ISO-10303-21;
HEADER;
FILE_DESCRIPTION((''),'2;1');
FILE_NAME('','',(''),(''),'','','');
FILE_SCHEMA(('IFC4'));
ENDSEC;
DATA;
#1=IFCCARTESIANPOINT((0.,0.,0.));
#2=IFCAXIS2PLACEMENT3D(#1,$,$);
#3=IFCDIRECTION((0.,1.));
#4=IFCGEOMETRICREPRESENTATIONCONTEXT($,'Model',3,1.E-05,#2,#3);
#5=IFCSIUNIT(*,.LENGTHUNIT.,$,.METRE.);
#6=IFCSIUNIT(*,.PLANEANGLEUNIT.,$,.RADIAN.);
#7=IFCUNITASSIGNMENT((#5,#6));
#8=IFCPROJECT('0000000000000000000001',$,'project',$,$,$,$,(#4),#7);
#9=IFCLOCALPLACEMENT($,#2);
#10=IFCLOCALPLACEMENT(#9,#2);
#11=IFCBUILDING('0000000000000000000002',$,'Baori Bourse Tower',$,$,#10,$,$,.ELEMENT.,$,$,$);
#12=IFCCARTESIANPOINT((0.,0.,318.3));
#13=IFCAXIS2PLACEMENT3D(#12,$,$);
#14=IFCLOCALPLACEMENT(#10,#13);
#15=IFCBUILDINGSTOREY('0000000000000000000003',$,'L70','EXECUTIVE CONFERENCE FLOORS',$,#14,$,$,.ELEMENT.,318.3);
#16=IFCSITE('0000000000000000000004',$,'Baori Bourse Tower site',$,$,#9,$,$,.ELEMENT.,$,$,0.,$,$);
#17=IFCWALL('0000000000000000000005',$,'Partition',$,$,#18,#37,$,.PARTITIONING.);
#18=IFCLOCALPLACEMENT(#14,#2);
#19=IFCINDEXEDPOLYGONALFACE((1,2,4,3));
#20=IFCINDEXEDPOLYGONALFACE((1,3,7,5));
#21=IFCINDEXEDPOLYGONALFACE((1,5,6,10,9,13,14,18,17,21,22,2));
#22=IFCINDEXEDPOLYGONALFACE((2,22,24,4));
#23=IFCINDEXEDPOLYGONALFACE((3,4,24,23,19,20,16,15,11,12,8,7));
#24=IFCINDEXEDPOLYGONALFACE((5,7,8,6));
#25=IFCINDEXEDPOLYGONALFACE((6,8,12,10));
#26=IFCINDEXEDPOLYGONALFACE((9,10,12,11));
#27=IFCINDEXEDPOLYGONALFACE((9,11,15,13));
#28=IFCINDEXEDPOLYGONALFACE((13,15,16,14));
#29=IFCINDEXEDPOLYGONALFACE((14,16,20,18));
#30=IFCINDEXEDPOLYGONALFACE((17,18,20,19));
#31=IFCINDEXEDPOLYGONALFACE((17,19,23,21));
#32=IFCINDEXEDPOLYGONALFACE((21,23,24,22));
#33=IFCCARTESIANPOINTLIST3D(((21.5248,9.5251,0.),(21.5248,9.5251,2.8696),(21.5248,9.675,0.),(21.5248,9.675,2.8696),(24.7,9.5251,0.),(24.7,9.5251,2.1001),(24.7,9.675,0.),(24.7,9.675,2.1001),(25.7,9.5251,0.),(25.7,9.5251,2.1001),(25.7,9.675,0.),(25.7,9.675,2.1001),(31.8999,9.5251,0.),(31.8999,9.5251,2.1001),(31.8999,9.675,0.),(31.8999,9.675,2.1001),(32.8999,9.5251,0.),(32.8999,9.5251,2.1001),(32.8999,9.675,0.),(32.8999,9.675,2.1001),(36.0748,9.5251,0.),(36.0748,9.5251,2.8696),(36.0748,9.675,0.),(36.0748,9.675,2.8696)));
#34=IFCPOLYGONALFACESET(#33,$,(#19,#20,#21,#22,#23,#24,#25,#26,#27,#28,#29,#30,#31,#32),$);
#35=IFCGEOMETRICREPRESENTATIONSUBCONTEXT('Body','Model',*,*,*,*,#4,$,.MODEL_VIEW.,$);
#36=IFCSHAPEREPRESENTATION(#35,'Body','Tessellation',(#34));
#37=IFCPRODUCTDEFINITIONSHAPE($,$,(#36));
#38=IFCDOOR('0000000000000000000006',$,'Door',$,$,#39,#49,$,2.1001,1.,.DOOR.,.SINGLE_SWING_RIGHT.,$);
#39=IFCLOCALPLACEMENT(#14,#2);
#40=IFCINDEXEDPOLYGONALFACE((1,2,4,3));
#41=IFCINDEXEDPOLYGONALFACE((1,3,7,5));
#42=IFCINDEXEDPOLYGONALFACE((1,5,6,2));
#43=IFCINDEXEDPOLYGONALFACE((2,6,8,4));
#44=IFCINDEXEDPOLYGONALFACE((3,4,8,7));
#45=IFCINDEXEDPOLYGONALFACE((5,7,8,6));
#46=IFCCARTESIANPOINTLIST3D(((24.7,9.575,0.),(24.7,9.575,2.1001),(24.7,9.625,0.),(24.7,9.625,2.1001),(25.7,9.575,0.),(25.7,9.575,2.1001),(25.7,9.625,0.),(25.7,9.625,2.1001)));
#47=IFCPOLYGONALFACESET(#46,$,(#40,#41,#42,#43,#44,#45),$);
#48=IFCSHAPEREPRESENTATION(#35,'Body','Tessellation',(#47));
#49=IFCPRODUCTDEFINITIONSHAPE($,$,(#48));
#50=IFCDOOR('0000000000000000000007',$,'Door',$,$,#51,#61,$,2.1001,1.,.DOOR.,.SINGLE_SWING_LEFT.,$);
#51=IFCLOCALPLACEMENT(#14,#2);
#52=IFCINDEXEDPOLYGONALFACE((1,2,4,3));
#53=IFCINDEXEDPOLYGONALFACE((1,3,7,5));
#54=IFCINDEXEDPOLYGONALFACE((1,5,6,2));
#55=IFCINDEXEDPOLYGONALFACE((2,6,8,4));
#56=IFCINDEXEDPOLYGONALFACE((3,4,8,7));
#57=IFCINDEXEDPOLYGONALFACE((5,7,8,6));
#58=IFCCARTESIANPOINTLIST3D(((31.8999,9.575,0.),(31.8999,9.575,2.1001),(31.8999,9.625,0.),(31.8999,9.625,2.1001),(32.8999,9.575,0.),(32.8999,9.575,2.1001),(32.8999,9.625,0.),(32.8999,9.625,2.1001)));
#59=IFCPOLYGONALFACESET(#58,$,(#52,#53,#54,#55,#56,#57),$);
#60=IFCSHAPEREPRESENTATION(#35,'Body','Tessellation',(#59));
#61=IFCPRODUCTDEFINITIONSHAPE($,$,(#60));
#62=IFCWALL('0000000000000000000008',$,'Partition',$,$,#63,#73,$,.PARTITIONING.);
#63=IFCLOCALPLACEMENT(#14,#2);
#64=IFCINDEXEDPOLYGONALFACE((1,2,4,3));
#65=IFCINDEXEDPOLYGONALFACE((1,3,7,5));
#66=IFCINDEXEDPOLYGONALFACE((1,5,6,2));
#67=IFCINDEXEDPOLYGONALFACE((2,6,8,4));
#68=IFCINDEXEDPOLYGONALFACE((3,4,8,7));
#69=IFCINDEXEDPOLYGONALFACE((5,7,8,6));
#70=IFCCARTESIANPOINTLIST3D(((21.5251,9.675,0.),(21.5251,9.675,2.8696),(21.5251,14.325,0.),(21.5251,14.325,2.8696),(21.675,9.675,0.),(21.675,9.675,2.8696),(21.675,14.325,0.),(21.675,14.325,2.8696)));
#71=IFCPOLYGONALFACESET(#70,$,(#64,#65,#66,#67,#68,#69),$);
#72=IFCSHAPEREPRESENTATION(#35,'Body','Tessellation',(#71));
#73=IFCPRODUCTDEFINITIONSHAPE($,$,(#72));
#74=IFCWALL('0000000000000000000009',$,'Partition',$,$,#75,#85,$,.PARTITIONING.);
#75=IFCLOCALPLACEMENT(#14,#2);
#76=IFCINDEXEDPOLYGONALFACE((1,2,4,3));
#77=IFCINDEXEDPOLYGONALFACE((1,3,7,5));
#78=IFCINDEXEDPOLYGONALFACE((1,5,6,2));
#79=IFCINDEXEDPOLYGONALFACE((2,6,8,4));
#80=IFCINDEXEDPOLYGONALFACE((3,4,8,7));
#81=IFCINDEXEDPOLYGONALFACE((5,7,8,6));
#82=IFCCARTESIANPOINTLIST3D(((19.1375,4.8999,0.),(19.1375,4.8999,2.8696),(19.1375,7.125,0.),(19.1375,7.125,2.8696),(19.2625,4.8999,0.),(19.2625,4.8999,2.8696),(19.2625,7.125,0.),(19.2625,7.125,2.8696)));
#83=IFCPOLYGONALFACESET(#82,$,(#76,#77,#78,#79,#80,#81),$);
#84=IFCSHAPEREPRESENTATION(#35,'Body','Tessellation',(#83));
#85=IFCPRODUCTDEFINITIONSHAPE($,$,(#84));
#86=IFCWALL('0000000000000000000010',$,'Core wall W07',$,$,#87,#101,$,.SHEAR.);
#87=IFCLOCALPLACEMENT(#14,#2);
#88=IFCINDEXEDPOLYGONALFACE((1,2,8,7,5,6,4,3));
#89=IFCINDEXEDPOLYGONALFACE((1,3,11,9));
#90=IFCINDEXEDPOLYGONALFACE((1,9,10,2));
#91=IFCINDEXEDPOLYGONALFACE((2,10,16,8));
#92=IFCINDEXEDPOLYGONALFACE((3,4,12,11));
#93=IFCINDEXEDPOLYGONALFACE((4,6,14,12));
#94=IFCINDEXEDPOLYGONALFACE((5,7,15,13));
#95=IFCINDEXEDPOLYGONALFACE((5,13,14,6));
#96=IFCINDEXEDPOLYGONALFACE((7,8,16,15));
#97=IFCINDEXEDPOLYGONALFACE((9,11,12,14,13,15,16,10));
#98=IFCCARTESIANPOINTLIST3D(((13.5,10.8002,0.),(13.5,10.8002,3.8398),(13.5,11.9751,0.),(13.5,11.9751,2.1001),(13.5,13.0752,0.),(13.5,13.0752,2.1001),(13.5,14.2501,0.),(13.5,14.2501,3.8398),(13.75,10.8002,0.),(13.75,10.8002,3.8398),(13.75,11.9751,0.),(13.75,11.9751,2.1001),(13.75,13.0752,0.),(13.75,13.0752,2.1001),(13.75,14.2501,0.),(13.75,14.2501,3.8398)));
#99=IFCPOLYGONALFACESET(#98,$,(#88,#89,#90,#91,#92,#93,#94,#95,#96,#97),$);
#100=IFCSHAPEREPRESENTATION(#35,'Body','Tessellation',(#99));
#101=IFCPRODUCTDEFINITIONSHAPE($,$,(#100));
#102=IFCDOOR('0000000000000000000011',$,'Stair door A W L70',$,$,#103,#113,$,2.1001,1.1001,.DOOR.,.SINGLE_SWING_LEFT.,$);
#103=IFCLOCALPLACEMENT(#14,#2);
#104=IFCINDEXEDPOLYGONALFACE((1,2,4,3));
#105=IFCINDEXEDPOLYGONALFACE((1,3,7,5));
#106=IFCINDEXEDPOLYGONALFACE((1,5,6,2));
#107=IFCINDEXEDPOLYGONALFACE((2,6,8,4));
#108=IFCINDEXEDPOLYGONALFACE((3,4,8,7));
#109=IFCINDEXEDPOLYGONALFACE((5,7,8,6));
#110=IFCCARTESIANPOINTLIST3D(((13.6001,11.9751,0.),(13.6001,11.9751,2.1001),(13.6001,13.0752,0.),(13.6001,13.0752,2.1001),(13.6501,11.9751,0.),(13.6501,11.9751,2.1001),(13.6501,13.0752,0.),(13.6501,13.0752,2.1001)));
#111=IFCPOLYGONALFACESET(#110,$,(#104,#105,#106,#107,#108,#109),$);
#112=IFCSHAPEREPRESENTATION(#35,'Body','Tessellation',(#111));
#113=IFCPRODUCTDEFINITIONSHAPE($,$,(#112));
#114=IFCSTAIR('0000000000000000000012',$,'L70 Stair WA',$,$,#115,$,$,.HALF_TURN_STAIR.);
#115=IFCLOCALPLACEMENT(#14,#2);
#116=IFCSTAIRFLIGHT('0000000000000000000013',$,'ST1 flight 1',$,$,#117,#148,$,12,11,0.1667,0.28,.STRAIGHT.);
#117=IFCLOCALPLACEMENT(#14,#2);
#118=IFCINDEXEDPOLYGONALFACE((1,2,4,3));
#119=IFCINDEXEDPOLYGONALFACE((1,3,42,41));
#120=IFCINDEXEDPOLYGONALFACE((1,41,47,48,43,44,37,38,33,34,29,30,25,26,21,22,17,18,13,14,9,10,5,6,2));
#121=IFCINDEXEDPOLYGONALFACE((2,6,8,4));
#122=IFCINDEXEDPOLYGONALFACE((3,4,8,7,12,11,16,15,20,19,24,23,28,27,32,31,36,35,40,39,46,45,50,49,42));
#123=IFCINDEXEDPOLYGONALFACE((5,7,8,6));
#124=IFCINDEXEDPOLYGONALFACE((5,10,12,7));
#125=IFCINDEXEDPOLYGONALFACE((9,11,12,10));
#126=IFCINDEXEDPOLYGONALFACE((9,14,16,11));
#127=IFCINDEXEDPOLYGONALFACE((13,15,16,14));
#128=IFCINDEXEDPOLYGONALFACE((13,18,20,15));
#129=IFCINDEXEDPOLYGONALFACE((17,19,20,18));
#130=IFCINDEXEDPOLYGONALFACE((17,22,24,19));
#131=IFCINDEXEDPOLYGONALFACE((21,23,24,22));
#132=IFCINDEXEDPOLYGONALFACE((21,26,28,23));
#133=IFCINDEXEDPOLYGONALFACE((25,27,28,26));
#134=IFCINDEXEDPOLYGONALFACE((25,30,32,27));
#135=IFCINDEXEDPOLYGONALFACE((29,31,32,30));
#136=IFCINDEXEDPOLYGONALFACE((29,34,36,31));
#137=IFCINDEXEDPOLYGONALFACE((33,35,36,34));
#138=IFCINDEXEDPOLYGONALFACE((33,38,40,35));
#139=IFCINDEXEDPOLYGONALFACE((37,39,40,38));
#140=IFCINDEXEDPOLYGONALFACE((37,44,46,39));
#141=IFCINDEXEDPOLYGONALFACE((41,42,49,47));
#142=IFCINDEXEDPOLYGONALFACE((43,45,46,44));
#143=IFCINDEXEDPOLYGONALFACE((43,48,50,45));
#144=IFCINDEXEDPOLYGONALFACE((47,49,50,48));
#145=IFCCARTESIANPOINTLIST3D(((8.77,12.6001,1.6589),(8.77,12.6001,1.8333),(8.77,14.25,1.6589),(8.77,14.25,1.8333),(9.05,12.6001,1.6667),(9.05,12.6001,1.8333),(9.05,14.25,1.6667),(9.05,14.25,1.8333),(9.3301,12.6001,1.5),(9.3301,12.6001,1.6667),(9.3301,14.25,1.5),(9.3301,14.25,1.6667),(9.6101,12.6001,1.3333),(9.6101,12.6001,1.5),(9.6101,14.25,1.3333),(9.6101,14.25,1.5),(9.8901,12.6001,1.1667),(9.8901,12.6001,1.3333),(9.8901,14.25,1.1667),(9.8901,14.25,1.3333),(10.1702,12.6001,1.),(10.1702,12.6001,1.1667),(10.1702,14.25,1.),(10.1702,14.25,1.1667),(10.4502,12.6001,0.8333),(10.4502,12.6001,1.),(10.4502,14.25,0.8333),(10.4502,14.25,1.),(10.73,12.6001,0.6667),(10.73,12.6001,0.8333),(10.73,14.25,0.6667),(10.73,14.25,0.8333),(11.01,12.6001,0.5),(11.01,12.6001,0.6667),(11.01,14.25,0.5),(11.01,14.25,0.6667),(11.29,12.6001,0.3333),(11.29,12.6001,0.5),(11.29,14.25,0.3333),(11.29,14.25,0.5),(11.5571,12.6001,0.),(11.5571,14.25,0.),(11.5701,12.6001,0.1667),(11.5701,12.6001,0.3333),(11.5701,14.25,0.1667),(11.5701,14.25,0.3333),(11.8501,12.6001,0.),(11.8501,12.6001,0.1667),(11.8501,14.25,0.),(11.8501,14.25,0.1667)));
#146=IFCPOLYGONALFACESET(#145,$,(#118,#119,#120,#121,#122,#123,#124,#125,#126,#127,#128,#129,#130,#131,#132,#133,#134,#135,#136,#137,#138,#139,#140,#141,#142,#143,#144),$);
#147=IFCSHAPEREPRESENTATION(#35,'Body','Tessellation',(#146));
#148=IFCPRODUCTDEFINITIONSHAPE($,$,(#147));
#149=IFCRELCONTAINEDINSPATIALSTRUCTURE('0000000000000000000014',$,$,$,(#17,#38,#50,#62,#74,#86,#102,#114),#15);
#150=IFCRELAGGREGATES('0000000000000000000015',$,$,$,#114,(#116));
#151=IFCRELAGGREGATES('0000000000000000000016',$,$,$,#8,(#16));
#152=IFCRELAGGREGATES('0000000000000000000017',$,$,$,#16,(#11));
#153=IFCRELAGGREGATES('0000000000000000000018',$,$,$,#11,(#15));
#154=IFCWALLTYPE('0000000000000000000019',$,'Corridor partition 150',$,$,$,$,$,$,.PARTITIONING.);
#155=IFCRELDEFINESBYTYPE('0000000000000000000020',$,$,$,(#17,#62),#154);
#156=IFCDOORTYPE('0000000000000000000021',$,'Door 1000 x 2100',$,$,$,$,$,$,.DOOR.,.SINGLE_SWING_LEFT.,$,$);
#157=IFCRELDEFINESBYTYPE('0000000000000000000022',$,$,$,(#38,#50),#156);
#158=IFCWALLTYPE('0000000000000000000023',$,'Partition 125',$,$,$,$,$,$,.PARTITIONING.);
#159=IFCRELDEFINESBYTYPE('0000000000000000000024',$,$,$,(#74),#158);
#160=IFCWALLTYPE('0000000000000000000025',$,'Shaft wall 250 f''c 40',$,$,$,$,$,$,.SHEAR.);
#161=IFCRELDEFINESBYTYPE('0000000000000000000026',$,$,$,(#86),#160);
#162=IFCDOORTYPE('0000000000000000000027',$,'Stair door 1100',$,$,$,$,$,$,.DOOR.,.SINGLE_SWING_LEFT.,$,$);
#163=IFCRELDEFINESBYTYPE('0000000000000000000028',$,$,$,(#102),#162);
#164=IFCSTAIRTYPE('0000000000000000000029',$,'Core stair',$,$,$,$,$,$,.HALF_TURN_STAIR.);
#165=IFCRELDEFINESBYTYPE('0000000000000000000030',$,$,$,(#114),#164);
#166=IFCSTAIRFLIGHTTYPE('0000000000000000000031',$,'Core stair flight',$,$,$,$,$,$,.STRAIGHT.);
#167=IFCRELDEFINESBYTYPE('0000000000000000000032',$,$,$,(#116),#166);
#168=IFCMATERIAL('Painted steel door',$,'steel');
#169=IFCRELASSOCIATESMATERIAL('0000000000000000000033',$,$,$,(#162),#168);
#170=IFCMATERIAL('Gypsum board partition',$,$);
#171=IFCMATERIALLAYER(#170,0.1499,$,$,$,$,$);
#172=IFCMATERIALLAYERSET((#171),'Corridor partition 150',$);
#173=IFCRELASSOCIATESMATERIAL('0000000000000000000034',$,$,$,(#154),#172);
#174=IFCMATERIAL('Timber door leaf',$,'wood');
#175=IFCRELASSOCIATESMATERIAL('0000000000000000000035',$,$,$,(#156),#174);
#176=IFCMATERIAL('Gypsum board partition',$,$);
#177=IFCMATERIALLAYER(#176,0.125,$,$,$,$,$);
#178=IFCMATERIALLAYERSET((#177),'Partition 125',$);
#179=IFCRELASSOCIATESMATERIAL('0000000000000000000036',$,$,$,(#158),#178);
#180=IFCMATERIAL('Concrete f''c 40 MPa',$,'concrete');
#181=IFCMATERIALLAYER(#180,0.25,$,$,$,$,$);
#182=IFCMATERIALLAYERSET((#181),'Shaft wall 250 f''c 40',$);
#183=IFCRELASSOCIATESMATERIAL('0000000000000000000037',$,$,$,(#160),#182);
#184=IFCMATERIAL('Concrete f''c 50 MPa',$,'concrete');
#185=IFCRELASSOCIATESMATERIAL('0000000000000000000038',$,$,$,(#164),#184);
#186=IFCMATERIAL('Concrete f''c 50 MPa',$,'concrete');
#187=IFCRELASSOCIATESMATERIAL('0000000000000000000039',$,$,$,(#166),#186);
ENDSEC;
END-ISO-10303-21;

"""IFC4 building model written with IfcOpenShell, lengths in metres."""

from ifc_helpers import new_model, si_unit, direction, frame, frame_2d, origin, place, context, subcontext, project, spatial, polyline, rectangle, outline, extrude, material, layer, layer_set, type_object, element, fill, aggregate, save


model = new_model("IFC4")

# Units and contexts
model_context = context("Model", 3, precision=1e-05, world=origin(), true_north=direction((0.0, 1.0)))
body_context = subcontext(model_context, "Body", "Model", "MODEL_VIEW")
ifc_project = project(units=[si_unit("LENGTHUNIT", "METRE"), si_unit("PLANEANGLEUNIT", "RADIAN")], contexts=[model_context])

# Site, building, storey
site_placement = place(None, origin())
site = spatial("IfcSite", under=ifc_project, at=site_placement, Name="Baori Bourse Tower site", CompositionType="ELEMENT", RefElevation=0.0)
building_placement = place(site_placement, origin())
building = spatial("IfcBuilding", under=site, at=building_placement, Name="Baori Bourse Tower", CompositionType="ELEMENT")
storey_placement = place(building_placement, frame((0.0, 0.0, 318.3)))
storey = spatial("IfcBuildingStorey", under=building, at=storey_placement, Name="L70", Description="EXECUTIVE CONFERENCE FLOORS", CompositionType="ELEMENT", Elevation=318.3)

# Shared definitions
ifc_material_1 = material(Name="Painted steel door", Category="steel")
door_type_1 = type_object("IfcDoorType", Name="Stair door 1100", OperationType="SINGLE_SWING_LEFT", PredefinedType="DOOR", material=ifc_material_1)

# Wall, openings, doors
ifc_material_2 = material(Name="Gypsum board partition")
ifc_layer_1 = layer(ifc_material_2, 0.1499)
ifc_layer_set_1 = layer_set([ifc_layer_1], Name="Corridor partition 150")
wall_type_1 = type_object("IfcWallType", Name="Corridor partition 150", PredefinedType="PARTITIONING", material=ifc_layer_set_1)
ifc_material_3 = material(Name="Timber door leaf", Category="wood")
door_type_2 = type_object("IfcDoorType", Name="Door 1000 x 2100", OperationType="SINGLE_SWING_LEFT", PredefinedType="DOOR", material=ifc_material_3)
wall_1_placement = place(storey_placement, frame((21.5249, 9.6001, 0.0), z_axis=(0.0, 0.0, 1.0), x_axis=(1.0, 0.0, 0.0)))
wall_1 = element("IfcWall", 1, at=wall_1_placement, inside=storey, type_object=wall_type_1, Name="Partition", PredefinedType="PARTITIONING", context=body_context, shape_type="SweptSolid", body=[
    extrude(rectangle(XDim=14.55, YDim=0.1499, at=frame_2d((7.2749, 0.0))), origin(), (0.0, 0.0, 1.0), 2.8696),
])
opening_1_placement = place(wall_1_placement, frame((3.175, 0.0, 0.0)))
opening_1 = element("IfcOpeningElement", 2, at=opening_1_placement, cuts=wall_1, PredefinedType="OPENING", context=body_context, shape_type="SweptSolid", body=[
    extrude(rectangle(XDim=1.0, YDim=2.1001, at=frame_2d((0.5, 1.05))), frame((0.0, 0.085, 0.0), z_axis=(0.0, -1.0, 0.0), x_axis=(1.0, 0.0, 0.0)), (0.0, 0.0, 1.0), 0.1699),
])
opening_2_placement = place(wall_1_placement, frame((10.375, 0.0, 0.0)))
opening_2 = element("IfcOpeningElement", 3, at=opening_2_placement, cuts=wall_1, PredefinedType="OPENING", context=body_context, shape_type="SweptSolid", body=[
    extrude(rectangle(XDim=1.0, YDim=2.1001, at=frame_2d((0.5, 1.05))), frame((0.0, 0.085, 0.0), z_axis=(0.0, -1.0, 0.0), x_axis=(1.0, 0.0, 0.0)), (0.0, 0.0, 1.0), 0.1699),
])
door_1_placement = place(opening_1_placement, origin())
door_1 = element("IfcDoor", 4, at=door_1_placement, inside=storey, type_object=door_type_2, Name="Door", OperationType="SINGLE_SWING_RIGHT", OverallHeight=2.1001, OverallWidth=1.0, PredefinedType="DOOR", context=body_context, shape_type="SweptSolid", body=[
    extrude(rectangle(XDim=1.0, YDim=2.1001, at=frame_2d((0.5, 1.05))), frame((0.0, 0.0249, 0.0), z_axis=(0.0, -1.0, 0.0), x_axis=(1.0, 0.0, 0.0)), (0.0, 0.0, 1.0), 0.05),
])
fill(opening_1, door_1)
door_2_placement = place(opening_2_placement, origin())
door_2 = element("IfcDoor", 5, at=door_2_placement, inside=storey, type_object=door_type_2, Name="Door", OperationType="SINGLE_SWING_LEFT", OverallHeight=2.1001, OverallWidth=1.0, PredefinedType="DOOR", context=body_context, shape_type="SweptSolid", body=[
    extrude(rectangle(XDim=1.0, YDim=2.1001, at=frame_2d((0.5, 1.05))), frame((0.0, 0.0249, 0.0), z_axis=(0.0, -1.0, 0.0), x_axis=(1.0, 0.0, 0.0)), (0.0, 0.0, 1.0), 0.05),
])
fill(opening_2, door_2)

# Walls
wall_2_placement = place(storey_placement, frame((21.6001, 9.675, 0.0), z_axis=(0.0, 0.0, 1.0), x_axis=(0.0, 1.0, 0.0)))
element("IfcWall", 6, at=wall_2_placement, inside=storey, type_object=wall_type_1, Name="Partition", PredefinedType="PARTITIONING", context=body_context, shape_type="SweptSolid", body=[
    extrude(rectangle(XDim=4.6499, YDim=0.1499, at=frame_2d((2.325, 0.0))), origin(), (0.0, 0.0, 1.0), 2.8696),
])
ifc_material_4 = material(Name="Gypsum board partition")
ifc_layer_2 = layer(ifc_material_4, 0.125)
ifc_layer_set_2 = layer_set([ifc_layer_2], Name="Partition 125")
wall_type_2 = type_object("IfcWallType", Name="Partition 125", PredefinedType="PARTITIONING", material=ifc_layer_set_2)
wall_3_placement = place(storey_placement, frame((19.2, 4.8999, 0.0), z_axis=(0.0, 0.0, 1.0), x_axis=(0.0, 1.0, 0.0)))
element("IfcWall", 7, at=wall_3_placement, inside=storey, type_object=wall_type_2, Name="Partition", PredefinedType="PARTITIONING", context=body_context, shape_type="SweptSolid", body=[
    extrude(rectangle(XDim=2.2251, YDim=0.125, at=frame_2d((1.1125, 0.0))), origin(), (0.0, 0.0, 1.0), 2.8696),
])

# Wall, opening, door
ifc_material_5 = material(Name="Concrete f'c 40 MPa", Category="concrete")
ifc_layer_3 = layer(ifc_material_5, 0.25)
ifc_layer_set_3 = layer_set([ifc_layer_3], Name="Shaft wall 250 f'c 40")
wall_type_3 = type_object("IfcWallType", Name="Shaft wall 250 f'c 40", PredefinedType="SHEAR", material=ifc_layer_set_3)
wall_4_placement = place(storey_placement, frame((13.625, 10.8, 0.0), z_axis=(0.0, 0.0, 1.0), x_axis=(0.0, 1.0, 0.0)))
wall_4 = element("IfcWall", 8, at=wall_4_placement, inside=storey, type_object=wall_type_3, Name="Core wall W07", PredefinedType="SHEAR", context=body_context, shape_type="SweptSolid", body=[
    extrude(rectangle(XDim=3.45, YDim=0.25, at=frame_2d((1.7251, 0.0))), origin(), (0.0, 0.0, 1.0), 3.8398),
])
opening_3_placement = place(wall_4_placement, frame((1.175, 0.0, 0.0)))
opening_3 = element("IfcOpeningElement", 9, at=opening_3_placement, cuts=wall_4, PredefinedType="OPENING", context=body_context, shape_type="SweptSolid", body=[
    extrude(rectangle(XDim=1.1001, YDim=2.1001, at=frame_2d((0.55, 1.05))), frame((0.0, 0.135, 0.0), z_axis=(0.0, -1.0, 0.0), x_axis=(1.0, 0.0, 0.0)), (0.0, 0.0, 1.0), 0.27),
])
door_3_placement = place(opening_3_placement, origin())
door_3 = element("IfcDoor", 10, at=door_3_placement, inside=storey, type_object=door_type_1, Name="Stair door A W L70", OperationType="SINGLE_SWING_LEFT", OverallHeight=2.1001, OverallWidth=1.1001, PredefinedType="DOOR", context=body_context, shape_type="SweptSolid", body=[
    extrude(rectangle(XDim=1.1001, YDim=2.1001, at=frame_2d((0.55, 1.05))), frame((0.0, 0.0249, 0.0), z_axis=(0.0, -1.0, 0.0), x_axis=(1.0, 0.0, 0.0)), (0.0, 0.0, 1.0), 0.05),
])
fill(opening_3, door_3)

# Stair, stair flight
ifc_material_6 = material(Name="Concrete f'c 50 MPa", Category="concrete")
stair_type = type_object("IfcStairType", Name="Core stair", PredefinedType="HALF_TURN_STAIR", material=ifc_material_6)
stair_placement = place(storey_placement, origin())
stair = element("IfcStair", 11, at=stair_placement, inside=storey, type_object=stair_type, Name="L70 Stair WA", PredefinedType="HALF_TURN_STAIR")
ifc_material_7 = material(Name="Concrete f'c 50 MPa", Category="concrete")
stair_flight_type = type_object("IfcStairFlightType", Name="Core stair flight", PredefinedType="STRAIGHT", material=ifc_material_7)
stair_flight_1_placement = place(storey_placement, frame((11.8501, 13.425, 0.0), z_axis=(0.0, 0.0, 1.0), x_axis=(-1.0, 0.0, 0.0)))
stair_flight_1 = element("IfcStairFlight", 12, at=stair_flight_1_placement, type_object=stair_flight_type, Name="ST1 flight 1", NumberOfRisers=12, NumberOfTreads=11, PredefinedType="STRAIGHT", RiserHeight=0.1667, TreadLength=0.28, context=body_context, shape_type="SweptSolid", body=[
    extrude(outline(polyline([(0.0, 0.0), (0.0, 0.1667), (0.28, 0.1667), (0.28, 0.3333), (0.5601, 0.3333), (0.5601, 0.5), (0.8401, 0.5), (0.8401, 0.6667), (1.1201, 0.6667), (1.1201, 0.8333), (1.3999, 0.8333), (1.3999, 1.0), (1.6799, 1.0), (1.6799, 1.1667), (1.96, 1.1667), (1.96, 1.3333), (2.24, 1.3333), (2.24, 1.5), (2.52, 1.5), (2.52, 1.6667), (2.8, 1.6667), (2.8, 1.8333), (3.0801, 1.8333), (3.0801, 2.0), (3.0801, 1.6589), (0.293, 0.0), (0.0, 0.0)])), frame((0.0, 0.825, 0.0), z_axis=(0.0, -1.0, 0.0), x_axis=(1.0, 0.0, 0.0)), (0.0, 0.0, 1.0), 1.6499),
])
aggregate(stair, [stair_flight_1])

save(model, "model.ifc")
